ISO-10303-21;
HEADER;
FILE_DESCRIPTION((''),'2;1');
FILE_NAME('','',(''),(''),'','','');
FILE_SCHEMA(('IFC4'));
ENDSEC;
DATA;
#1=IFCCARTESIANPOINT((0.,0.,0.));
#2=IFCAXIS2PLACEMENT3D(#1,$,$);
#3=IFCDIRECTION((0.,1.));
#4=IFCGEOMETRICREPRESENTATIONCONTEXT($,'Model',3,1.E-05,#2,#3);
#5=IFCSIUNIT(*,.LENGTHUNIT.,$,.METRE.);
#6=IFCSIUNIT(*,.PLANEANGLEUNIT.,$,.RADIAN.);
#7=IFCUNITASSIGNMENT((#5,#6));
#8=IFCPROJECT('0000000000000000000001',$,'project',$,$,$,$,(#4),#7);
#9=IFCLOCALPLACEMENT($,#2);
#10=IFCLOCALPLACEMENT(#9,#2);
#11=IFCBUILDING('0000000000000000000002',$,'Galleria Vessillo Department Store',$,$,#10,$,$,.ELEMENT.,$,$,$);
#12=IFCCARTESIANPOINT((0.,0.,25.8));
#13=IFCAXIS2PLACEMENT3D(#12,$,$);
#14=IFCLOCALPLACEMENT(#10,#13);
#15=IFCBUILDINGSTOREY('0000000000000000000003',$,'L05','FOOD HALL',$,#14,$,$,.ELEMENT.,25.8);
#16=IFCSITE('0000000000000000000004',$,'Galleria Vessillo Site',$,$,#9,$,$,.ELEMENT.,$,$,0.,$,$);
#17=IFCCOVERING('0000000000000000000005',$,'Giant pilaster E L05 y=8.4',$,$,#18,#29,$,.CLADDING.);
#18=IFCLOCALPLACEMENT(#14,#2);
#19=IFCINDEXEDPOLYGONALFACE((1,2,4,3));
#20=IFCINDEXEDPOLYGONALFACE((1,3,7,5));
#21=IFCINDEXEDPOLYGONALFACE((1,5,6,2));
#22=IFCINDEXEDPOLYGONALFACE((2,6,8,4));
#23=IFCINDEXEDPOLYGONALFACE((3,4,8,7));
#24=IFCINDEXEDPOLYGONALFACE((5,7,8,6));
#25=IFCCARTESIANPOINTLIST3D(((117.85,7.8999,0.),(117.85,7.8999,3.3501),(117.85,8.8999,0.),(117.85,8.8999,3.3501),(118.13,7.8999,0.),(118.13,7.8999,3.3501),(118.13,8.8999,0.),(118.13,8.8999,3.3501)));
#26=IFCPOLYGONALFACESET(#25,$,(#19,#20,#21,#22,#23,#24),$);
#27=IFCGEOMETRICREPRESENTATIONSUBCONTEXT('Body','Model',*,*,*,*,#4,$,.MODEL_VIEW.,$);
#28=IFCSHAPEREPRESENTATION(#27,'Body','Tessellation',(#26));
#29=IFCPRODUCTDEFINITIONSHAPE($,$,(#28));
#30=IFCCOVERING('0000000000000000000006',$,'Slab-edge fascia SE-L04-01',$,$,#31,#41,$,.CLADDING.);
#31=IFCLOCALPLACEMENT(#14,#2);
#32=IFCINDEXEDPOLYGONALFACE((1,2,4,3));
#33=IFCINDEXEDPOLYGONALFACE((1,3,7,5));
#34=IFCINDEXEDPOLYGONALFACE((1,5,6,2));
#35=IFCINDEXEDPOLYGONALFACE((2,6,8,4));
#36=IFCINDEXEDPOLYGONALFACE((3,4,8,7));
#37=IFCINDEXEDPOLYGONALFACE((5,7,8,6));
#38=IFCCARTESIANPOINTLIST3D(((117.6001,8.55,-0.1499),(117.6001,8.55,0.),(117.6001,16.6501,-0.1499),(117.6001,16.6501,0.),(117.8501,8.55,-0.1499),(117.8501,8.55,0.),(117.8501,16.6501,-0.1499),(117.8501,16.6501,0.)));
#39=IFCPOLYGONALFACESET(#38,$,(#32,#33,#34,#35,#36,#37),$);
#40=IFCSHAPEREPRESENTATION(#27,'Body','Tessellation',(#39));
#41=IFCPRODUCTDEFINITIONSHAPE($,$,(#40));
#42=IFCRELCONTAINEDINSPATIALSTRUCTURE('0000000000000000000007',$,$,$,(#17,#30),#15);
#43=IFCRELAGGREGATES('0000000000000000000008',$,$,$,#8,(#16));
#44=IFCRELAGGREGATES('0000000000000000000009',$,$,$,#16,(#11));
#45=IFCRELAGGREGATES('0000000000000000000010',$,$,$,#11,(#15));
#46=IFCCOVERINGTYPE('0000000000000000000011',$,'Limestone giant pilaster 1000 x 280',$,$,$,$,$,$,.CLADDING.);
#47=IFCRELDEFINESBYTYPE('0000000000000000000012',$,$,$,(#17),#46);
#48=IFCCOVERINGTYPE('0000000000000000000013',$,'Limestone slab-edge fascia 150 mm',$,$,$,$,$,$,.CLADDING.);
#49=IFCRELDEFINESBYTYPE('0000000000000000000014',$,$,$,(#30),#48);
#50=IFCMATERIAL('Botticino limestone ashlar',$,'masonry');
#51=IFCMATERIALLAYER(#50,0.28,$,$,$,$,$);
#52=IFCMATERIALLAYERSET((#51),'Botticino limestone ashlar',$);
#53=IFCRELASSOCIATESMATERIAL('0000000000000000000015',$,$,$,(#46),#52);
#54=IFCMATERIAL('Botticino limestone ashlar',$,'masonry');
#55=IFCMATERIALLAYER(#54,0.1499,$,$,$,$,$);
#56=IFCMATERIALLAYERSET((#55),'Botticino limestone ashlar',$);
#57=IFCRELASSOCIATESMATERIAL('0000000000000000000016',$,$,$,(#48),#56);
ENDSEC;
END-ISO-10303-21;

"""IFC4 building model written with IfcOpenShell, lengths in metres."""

from ifc_helpers import new_model, si_unit, direction, frame, origin, origin_2d, place, context, subcontext, project, spatial, rectangle, extrude, material, layer, layer_set, type_object, element, save


model = new_model("IFC4")

# Units and contexts
model_context = context("Model", 3, precision=1e-05, world=origin(), true_north=direction((0.0, 1.0)))
body_context = subcontext(model_context, "Body", "Model", "MODEL_VIEW")
ifc_project = project(units=[si_unit("LENGTHUNIT", "METRE"), si_unit("PLANEANGLEUNIT", "RADIAN")], contexts=[model_context])

# Site, building, storey
site_placement = place(None, origin())
site = spatial("IfcSite", under=ifc_project, at=site_placement, Name="Galleria Vessillo Site", CompositionType="ELEMENT", RefElevation=0.0)
building_placement = place(site_placement, origin())
building = spatial("IfcBuilding", under=site, at=building_placement, Name="Galleria Vessillo Department Store", CompositionType="ELEMENT")
storey_placement = place(building_placement, frame((0.0, 0.0, 25.8)))
storey = spatial("IfcBuildingStorey", under=building, at=storey_placement, Name="L05", Description="FOOD HALL", CompositionType="ELEMENT", Elevation=25.8)

# Coverings
ifc_material_1 = material(Name="Botticino limestone ashlar", Category="masonry")
ifc_layer_1 = layer(ifc_material_1, 0.28)
ifc_layer_set_1 = layer_set([ifc_layer_1], Name="Botticino limestone ashlar")
covering_type_1 = type_object("IfcCoveringType", Name="Limestone giant pilaster 1000 x 280", PredefinedType="CLADDING", material=ifc_layer_set_1)
covering_1_placement = place(storey_placement, frame((117.99, 8.3999, 0.0), z_axis=(0.0, 0.0, 1.0), x_axis=(1.0, 0.0, 0.0)))
element("IfcCovering", 1, at=covering_1_placement, inside=storey, type_object=covering_type_1, Name="Giant pilaster E L05 y=8.4", PredefinedType="CLADDING", context=body_context, shape_type="SweptSolid", body=[
    extrude(rectangle(XDim=0.28, YDim=1.0, at=origin_2d()), origin(), (0.0, 0.0, 1.0), 3.3501),
])
ifc_material_2 = material(Name="Botticino limestone ashlar", Category="masonry")
ifc_layer_2 = layer(ifc_material_2, 0.1499)
ifc_layer_set_2 = layer_set([ifc_layer_2], Name="Botticino limestone ashlar")
covering_type_2 = type_object("IfcCoveringType", Name="Limestone slab-edge fascia 150 mm", PredefinedType="CLADDING", material=ifc_layer_set_2)
covering_2_placement = place(storey_placement, frame((117.7251, 12.6001, -0.1499), z_axis=(0.0, 0.0, 1.0), x_axis=(1.0, 0.0, 0.0)))
element("IfcCovering", 2, at=covering_2_placement, inside=storey, type_object=covering_type_2, Name="Slab-edge fascia SE-L04-01", PredefinedType="CLADDING", context=body_context, shape_type="SweptSolid", body=[
    extrude(rectangle(XDim=0.25, YDim=8.1001, at=origin_2d()), origin(), (0.0, 0.0, 1.0), 0.1499),
])

save(model, "model.ifc")
